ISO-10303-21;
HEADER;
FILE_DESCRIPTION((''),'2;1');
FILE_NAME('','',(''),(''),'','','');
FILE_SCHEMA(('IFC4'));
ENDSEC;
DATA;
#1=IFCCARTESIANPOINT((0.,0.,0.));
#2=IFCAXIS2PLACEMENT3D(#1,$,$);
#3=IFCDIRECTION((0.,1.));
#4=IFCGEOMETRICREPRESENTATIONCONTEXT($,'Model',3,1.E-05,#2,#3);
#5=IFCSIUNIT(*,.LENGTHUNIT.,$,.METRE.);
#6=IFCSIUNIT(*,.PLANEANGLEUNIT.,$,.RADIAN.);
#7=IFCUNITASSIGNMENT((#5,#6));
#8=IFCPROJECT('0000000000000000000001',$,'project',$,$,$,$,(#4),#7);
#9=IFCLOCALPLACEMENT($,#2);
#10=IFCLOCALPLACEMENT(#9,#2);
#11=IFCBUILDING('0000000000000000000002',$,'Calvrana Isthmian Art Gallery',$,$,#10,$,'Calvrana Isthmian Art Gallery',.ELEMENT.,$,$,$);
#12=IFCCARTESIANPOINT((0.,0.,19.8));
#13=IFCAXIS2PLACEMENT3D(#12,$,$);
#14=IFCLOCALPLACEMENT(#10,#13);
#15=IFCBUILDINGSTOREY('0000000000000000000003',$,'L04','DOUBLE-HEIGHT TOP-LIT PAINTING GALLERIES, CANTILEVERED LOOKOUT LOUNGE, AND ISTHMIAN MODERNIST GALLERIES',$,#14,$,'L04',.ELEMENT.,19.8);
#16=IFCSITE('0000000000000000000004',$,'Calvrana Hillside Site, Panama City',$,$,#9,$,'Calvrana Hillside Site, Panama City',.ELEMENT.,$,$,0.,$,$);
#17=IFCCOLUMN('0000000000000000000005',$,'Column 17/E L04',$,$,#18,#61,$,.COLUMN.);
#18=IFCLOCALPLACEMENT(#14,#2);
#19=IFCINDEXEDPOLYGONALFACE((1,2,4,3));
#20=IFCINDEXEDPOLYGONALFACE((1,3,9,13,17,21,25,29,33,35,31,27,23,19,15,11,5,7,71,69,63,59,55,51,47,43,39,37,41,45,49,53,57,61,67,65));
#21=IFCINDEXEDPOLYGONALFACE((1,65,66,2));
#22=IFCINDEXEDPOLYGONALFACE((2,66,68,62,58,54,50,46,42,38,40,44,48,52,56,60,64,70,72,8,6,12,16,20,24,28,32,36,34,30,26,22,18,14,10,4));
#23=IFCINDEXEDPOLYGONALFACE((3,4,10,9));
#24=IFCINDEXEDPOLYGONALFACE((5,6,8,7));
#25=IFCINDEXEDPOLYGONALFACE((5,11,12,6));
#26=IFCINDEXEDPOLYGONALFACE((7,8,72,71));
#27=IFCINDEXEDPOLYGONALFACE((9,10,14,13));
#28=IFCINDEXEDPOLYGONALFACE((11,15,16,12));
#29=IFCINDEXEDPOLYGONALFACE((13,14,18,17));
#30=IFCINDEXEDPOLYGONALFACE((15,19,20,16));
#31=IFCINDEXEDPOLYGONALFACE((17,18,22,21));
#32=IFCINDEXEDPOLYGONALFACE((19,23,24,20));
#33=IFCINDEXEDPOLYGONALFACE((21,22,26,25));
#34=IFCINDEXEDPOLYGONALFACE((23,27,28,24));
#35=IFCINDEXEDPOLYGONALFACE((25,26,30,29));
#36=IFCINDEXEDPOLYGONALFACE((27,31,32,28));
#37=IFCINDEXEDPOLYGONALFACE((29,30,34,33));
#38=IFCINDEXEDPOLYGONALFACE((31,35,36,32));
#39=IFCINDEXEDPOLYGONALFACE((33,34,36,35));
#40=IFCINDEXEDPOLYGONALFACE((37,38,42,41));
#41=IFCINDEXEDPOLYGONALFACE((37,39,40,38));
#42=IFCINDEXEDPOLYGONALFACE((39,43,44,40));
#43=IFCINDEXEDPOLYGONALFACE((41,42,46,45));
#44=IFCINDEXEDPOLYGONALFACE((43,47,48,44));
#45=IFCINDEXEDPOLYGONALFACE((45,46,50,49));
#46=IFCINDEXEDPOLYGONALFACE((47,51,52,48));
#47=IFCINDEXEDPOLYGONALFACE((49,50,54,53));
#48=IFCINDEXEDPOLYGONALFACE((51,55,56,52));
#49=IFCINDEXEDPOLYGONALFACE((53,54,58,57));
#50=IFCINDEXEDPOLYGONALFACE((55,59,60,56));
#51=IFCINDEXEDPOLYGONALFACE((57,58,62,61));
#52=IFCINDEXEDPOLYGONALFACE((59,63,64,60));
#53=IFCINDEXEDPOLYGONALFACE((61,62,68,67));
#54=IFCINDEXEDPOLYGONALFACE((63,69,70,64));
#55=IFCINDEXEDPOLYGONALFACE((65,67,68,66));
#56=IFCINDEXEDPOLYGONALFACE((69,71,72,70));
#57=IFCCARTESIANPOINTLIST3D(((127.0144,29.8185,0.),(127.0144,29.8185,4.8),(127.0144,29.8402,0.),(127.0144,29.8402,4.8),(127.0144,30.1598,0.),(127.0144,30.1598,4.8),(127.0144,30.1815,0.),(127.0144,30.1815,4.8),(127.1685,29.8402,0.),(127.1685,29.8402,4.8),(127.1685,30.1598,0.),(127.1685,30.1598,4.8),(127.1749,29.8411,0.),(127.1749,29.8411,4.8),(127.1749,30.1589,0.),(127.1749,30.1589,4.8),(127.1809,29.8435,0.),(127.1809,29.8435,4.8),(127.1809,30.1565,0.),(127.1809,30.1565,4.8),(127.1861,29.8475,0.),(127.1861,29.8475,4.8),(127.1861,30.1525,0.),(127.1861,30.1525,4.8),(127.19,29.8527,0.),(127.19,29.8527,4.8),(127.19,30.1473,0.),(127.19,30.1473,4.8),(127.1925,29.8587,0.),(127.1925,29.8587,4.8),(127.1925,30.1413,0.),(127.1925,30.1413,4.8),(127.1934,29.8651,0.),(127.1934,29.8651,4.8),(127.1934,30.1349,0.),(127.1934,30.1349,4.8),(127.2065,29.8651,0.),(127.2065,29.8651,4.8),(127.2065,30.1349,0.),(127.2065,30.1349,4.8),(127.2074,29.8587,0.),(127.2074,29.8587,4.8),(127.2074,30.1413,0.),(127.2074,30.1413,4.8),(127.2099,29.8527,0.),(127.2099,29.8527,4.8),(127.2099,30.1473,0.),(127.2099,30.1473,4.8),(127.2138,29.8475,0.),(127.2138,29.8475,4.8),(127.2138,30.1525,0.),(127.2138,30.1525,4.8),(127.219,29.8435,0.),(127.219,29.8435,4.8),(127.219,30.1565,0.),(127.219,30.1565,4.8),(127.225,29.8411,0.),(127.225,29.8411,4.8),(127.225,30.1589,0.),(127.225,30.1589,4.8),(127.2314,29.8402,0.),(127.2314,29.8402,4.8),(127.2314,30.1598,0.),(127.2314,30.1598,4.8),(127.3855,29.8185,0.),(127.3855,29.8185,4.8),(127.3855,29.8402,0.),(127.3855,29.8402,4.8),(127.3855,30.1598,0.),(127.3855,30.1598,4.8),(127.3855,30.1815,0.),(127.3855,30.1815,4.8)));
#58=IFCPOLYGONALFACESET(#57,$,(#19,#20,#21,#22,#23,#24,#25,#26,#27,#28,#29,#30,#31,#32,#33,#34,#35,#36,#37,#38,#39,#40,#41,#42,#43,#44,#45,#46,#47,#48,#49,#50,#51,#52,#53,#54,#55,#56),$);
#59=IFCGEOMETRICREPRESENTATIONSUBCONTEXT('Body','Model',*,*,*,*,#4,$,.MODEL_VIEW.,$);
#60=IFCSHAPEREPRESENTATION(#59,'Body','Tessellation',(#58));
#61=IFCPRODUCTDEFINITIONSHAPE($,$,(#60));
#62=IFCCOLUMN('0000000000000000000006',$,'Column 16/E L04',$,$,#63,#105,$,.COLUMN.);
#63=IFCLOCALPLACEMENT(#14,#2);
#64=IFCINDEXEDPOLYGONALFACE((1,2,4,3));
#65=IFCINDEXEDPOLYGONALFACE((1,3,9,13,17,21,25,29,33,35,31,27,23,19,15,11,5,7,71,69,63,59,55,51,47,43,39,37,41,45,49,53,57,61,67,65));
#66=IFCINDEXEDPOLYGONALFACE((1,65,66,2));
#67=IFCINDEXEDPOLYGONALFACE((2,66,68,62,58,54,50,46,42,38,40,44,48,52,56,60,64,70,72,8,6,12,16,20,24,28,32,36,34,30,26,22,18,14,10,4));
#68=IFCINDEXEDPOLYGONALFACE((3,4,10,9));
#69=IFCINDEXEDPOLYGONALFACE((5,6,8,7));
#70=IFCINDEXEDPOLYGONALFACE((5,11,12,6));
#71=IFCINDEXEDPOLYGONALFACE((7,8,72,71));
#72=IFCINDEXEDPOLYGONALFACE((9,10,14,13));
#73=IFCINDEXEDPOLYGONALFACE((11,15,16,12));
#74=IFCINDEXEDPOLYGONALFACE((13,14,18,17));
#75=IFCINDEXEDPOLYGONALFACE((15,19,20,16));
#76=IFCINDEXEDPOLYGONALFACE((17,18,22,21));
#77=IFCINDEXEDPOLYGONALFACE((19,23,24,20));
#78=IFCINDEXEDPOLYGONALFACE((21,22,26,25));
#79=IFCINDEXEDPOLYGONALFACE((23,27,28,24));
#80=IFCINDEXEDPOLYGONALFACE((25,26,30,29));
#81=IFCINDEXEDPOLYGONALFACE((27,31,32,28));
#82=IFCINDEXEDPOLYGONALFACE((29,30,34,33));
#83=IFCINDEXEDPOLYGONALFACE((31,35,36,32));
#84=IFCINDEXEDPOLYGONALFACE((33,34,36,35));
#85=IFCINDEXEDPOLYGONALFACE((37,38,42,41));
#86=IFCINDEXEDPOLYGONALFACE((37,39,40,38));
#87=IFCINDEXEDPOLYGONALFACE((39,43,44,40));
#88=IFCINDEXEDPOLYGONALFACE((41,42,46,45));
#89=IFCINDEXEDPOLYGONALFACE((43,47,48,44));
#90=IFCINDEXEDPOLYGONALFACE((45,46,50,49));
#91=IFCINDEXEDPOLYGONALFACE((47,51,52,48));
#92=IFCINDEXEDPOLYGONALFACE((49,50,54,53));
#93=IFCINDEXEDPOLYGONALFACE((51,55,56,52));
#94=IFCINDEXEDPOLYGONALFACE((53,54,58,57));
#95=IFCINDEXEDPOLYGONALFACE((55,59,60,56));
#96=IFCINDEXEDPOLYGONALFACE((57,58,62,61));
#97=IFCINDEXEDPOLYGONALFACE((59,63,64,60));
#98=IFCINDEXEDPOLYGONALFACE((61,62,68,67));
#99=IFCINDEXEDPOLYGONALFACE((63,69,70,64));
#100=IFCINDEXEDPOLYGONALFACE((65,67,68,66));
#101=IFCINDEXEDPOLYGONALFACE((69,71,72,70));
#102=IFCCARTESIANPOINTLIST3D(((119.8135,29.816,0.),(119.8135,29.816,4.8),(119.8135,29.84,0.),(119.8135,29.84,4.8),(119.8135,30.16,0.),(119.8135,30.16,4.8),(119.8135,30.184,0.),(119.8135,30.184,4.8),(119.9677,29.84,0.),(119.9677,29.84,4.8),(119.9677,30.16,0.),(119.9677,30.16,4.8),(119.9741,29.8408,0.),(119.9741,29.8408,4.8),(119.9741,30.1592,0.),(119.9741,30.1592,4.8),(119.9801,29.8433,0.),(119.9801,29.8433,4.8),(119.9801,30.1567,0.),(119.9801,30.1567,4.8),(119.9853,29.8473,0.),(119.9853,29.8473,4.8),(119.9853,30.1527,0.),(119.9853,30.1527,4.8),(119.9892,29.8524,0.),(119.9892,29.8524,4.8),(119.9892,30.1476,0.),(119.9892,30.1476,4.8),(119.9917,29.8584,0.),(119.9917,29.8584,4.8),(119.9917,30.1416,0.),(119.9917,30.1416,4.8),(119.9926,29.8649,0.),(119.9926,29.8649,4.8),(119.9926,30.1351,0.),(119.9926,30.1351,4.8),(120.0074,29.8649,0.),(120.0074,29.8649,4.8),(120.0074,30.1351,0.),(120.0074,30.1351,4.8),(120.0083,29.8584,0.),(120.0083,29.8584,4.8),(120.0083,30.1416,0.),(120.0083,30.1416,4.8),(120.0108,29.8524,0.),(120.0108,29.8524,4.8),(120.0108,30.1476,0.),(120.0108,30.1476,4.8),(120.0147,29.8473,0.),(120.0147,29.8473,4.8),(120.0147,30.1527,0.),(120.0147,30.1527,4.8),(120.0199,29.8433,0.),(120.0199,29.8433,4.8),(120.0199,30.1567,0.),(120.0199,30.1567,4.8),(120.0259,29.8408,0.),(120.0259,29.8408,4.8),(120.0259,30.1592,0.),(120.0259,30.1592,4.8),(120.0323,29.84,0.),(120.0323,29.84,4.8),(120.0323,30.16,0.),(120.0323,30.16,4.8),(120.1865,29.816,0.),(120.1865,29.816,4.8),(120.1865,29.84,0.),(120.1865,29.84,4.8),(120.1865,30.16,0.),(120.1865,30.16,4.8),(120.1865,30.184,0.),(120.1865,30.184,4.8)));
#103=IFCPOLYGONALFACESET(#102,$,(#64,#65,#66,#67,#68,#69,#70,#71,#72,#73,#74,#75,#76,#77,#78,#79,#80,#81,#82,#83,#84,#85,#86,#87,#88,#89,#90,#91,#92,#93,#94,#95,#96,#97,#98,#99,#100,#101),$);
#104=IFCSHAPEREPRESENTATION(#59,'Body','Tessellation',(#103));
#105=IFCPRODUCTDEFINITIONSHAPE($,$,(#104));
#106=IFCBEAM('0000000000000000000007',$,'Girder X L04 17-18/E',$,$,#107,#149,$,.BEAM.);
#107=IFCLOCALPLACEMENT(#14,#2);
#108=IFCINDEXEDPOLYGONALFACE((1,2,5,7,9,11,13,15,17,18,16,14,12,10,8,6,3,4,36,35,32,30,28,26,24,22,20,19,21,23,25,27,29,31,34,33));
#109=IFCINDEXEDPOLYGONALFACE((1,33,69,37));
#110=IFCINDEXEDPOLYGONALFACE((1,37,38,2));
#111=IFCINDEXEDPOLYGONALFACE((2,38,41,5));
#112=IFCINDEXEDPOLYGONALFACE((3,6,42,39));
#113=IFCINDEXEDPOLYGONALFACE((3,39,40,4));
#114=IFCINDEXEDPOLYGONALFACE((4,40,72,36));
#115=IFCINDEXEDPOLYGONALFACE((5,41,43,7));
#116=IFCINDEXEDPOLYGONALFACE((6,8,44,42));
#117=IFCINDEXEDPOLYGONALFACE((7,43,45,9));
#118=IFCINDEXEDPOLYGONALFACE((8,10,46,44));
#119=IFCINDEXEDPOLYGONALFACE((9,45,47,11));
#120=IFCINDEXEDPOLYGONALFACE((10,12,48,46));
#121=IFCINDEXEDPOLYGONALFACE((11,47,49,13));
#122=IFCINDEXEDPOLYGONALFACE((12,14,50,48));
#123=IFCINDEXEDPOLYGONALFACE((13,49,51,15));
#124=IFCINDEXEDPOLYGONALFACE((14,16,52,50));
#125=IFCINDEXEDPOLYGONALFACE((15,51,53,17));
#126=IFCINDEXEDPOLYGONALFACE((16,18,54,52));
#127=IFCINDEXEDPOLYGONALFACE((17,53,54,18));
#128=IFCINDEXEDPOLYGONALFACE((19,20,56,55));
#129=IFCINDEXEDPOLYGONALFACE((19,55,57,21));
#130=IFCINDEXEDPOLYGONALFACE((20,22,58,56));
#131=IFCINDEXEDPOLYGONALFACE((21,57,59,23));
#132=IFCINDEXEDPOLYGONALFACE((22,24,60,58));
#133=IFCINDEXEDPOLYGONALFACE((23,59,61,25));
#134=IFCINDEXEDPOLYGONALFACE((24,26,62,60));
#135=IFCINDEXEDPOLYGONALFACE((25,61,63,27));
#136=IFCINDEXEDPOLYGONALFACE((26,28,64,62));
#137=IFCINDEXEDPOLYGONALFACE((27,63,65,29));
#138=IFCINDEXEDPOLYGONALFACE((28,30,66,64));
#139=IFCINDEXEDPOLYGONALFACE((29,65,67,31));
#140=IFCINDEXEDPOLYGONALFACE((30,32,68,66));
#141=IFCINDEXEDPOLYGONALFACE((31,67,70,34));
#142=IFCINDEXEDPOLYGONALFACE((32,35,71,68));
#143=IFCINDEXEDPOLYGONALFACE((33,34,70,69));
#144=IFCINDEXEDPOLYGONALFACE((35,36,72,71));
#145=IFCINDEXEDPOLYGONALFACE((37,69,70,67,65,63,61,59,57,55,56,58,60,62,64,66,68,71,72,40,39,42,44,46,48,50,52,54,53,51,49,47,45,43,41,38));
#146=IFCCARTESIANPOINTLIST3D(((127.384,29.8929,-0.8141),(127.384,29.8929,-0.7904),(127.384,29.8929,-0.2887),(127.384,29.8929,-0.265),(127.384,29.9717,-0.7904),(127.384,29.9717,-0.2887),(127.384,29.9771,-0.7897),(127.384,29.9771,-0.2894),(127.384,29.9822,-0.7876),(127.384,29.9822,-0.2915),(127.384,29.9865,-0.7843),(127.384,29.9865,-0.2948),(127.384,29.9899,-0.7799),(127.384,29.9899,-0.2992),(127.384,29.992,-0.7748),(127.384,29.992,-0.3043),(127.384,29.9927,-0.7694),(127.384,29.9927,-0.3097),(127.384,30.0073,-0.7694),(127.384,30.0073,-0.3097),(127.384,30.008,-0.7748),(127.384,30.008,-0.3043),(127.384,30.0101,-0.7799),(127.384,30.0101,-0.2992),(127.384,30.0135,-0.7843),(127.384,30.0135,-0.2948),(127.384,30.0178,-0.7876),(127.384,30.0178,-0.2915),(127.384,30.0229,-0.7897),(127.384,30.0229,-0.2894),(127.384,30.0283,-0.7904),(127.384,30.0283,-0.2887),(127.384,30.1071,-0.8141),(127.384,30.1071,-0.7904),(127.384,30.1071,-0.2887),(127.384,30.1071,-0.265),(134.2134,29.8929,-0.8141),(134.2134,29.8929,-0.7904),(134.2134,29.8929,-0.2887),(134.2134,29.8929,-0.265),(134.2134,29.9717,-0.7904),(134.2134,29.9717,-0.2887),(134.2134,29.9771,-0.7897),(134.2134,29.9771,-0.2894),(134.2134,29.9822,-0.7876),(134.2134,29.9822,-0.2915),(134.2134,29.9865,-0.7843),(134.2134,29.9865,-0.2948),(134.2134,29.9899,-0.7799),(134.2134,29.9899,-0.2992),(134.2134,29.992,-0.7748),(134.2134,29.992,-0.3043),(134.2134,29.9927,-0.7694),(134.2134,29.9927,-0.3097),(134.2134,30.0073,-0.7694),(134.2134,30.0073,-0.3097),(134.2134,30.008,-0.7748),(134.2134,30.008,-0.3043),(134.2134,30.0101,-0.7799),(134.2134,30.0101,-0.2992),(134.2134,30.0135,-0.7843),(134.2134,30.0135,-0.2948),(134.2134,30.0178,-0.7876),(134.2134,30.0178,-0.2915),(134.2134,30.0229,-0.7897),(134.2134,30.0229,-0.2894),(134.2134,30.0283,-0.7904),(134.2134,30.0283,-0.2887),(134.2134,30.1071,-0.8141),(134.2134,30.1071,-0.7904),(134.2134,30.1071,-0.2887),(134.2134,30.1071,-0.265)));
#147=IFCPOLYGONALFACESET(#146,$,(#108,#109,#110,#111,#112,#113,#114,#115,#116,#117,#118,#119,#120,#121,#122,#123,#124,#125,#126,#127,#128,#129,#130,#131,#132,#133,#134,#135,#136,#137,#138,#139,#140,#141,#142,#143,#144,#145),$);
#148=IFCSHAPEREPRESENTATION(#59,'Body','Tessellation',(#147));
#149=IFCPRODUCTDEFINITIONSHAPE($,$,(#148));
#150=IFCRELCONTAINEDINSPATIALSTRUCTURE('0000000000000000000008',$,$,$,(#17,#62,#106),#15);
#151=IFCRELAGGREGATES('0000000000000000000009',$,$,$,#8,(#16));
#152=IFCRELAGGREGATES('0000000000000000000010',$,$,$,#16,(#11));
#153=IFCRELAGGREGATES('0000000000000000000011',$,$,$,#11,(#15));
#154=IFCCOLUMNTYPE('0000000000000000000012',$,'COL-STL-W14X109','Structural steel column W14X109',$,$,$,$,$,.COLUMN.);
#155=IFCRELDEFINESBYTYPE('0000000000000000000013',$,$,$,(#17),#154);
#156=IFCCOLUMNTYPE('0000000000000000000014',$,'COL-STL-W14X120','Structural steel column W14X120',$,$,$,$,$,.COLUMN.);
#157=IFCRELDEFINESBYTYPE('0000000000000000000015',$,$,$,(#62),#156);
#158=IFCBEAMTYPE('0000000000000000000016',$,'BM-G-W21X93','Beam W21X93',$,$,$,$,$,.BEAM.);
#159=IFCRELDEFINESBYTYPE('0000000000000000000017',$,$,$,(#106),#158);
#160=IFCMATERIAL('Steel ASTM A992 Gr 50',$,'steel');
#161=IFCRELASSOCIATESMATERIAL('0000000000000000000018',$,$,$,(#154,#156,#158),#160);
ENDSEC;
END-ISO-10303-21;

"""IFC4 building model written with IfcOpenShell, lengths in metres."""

from ifc_helpers import new_model, si_unit, direction, frame, origin, origin_2d, place, context, subcontext, project, spatial, i_section, extrude, material, material_profile, profile_set, type_object, element, save


model = new_model("IFC4")

# Units and contexts
model_context = context("Model", 3, precision=1e-05, world=origin(), true_north=direction((0.0, 1.0)))
body_context = subcontext(model_context, "Body", "Model", "MODEL_VIEW")
ifc_project = project(units=[si_unit("LENGTHUNIT", "METRE"), si_unit("PLANEANGLEUNIT", "RADIAN")], contexts=[model_context])

# Site, building, storey
site_placement = place(None, origin())
site = spatial("IfcSite", under=ifc_project, at=site_placement, Name="Calvrana Hillside Site, Panama City", LongName="Calvrana Hillside Site, Panama City", CompositionType="ELEMENT", RefElevation=0.0)
building_placement = place(site_placement, origin())
building = spatial("IfcBuilding", under=site, at=building_placement, Name="Calvrana Isthmian Art Gallery", LongName="Calvrana Isthmian Art Gallery", CompositionType="ELEMENT")
storey_placement = place(building_placement, frame((0.0, 0.0, 19.8)))
storey = spatial("IfcBuildingStorey", under=building, at=storey_placement, Name="L04", Description="DOUBLE-HEIGHT TOP-LIT PAINTING GALLERIES, CANTILEVERED LOOKOUT LOUNGE, AND ISTHMIAN MODERNIST GALLERIES", LongName="L04", CompositionType="ELEMENT", Elevation=19.8)

# Columns
ifc_material_1 = material(Name="Steel ASTM A992 Gr 50", Category="steel")
ifc_material_profile_1 = material_profile(ifc_material_1, i_section(OverallWidth=0.3711, OverallDepth=0.363, WebThickness=0.0132, FlangeThickness=0.0217, FilletRadius=0.0249, at=origin_2d()), Name="W14X109")
ifc_profile_set_1 = profile_set([ifc_material_profile_1], Name="Steel ASTM A992 Gr 50")
column_type_1 = type_object("IfcColumnType", Name="COL-STL-W14X109", Description="Structural steel column W14X109", PredefinedType="COLUMN", material=ifc_profile_set_1)
column_1_placement = place(storey_placement, frame((127.2, 30.0, 0.0), z_axis=(0.0, 0.0, 1.0), x_axis=(1.0, 0.0, 0.0)))
element("IfcColumn", 1, at=column_1_placement, inside=storey, type_object=column_type_1, Name="Column 17/E L04", PredefinedType="COLUMN", context=body_context, shape_type="SweptSolid", body=[
    extrude(i_section(OverallWidth=0.3711, OverallDepth=0.363, WebThickness=0.0132, FlangeThickness=0.0217, FilletRadius=0.0249, at=origin_2d()), origin(), (0.0, 0.0, 1.0), 4.8),
])
ifc_material_profile_2 = material_profile(ifc_material_1, i_section(OverallWidth=0.373, OverallDepth=0.3679, WebThickness=0.0149, FlangeThickness=0.0239, FilletRadius=0.0249, at=origin_2d()), Name="W14X120")
ifc_profile_set_2 = profile_set([ifc_material_profile_2], Name="Steel ASTM A992 Gr 50")
column_type_2 = type_object("IfcColumnType", Name="COL-STL-W14X120", Description="Structural steel column W14X120", PredefinedType="COLUMN", material=ifc_profile_set_2)
column_2_placement = place(storey_placement, frame((120.0, 30.0, 0.0), z_axis=(0.0, 0.0, 1.0), x_axis=(1.0, 0.0, 0.0)))
element("IfcColumn", 2, at=column_2_placement, inside=storey, type_object=column_type_2, Name="Column 16/E L04", PredefinedType="COLUMN", context=body_context, shape_type="SweptSolid", body=[
    extrude(i_section(OverallWidth=0.373, OverallDepth=0.3679, WebThickness=0.0149, FlangeThickness=0.0239, FilletRadius=0.0249, at=origin_2d()), origin(), (0.0, 0.0, 1.0), 4.8),
])

# Beam
ifc_material_profile_3 = material_profile(ifc_material_1, i_section(OverallWidth=0.2141, OverallDepth=0.5491, WebThickness=0.0146, FlangeThickness=0.0237, FilletRadius=0.021, at=origin_2d()), Name="W21X93")
ifc_profile_set_3 = profile_set([ifc_material_profile_3], Name="Steel ASTM A992 Gr 50")
beam_type_1 = type_object("IfcBeamType", Name="BM-G-W21X93", Description="Beam W21X93", PredefinedType="BEAM", material=ifc_profile_set_3)
beam_1_placement = place(storey_placement, frame((127.384, 30.0, -0.5396), z_axis=(1.0, 0.0, 0.0), x_axis=(0.0, 1.0, 0.0)))
element("IfcBeam", 3, at=beam_1_placement, inside=storey, type_object=beam_type_1, Name="Girder X L04 17-18/E", PredefinedType="BEAM", context=body_context, shape_type="SweptSolid", body=[
    extrude(i_section(OverallWidth=0.2141, OverallDepth=0.5491, WebThickness=0.0146, FlangeThickness=0.0237, FilletRadius=0.021, at=origin_2d()), origin(), (0.0, 0.0, 1.0), 6.8293),
])

save(model, "model.ifc")
